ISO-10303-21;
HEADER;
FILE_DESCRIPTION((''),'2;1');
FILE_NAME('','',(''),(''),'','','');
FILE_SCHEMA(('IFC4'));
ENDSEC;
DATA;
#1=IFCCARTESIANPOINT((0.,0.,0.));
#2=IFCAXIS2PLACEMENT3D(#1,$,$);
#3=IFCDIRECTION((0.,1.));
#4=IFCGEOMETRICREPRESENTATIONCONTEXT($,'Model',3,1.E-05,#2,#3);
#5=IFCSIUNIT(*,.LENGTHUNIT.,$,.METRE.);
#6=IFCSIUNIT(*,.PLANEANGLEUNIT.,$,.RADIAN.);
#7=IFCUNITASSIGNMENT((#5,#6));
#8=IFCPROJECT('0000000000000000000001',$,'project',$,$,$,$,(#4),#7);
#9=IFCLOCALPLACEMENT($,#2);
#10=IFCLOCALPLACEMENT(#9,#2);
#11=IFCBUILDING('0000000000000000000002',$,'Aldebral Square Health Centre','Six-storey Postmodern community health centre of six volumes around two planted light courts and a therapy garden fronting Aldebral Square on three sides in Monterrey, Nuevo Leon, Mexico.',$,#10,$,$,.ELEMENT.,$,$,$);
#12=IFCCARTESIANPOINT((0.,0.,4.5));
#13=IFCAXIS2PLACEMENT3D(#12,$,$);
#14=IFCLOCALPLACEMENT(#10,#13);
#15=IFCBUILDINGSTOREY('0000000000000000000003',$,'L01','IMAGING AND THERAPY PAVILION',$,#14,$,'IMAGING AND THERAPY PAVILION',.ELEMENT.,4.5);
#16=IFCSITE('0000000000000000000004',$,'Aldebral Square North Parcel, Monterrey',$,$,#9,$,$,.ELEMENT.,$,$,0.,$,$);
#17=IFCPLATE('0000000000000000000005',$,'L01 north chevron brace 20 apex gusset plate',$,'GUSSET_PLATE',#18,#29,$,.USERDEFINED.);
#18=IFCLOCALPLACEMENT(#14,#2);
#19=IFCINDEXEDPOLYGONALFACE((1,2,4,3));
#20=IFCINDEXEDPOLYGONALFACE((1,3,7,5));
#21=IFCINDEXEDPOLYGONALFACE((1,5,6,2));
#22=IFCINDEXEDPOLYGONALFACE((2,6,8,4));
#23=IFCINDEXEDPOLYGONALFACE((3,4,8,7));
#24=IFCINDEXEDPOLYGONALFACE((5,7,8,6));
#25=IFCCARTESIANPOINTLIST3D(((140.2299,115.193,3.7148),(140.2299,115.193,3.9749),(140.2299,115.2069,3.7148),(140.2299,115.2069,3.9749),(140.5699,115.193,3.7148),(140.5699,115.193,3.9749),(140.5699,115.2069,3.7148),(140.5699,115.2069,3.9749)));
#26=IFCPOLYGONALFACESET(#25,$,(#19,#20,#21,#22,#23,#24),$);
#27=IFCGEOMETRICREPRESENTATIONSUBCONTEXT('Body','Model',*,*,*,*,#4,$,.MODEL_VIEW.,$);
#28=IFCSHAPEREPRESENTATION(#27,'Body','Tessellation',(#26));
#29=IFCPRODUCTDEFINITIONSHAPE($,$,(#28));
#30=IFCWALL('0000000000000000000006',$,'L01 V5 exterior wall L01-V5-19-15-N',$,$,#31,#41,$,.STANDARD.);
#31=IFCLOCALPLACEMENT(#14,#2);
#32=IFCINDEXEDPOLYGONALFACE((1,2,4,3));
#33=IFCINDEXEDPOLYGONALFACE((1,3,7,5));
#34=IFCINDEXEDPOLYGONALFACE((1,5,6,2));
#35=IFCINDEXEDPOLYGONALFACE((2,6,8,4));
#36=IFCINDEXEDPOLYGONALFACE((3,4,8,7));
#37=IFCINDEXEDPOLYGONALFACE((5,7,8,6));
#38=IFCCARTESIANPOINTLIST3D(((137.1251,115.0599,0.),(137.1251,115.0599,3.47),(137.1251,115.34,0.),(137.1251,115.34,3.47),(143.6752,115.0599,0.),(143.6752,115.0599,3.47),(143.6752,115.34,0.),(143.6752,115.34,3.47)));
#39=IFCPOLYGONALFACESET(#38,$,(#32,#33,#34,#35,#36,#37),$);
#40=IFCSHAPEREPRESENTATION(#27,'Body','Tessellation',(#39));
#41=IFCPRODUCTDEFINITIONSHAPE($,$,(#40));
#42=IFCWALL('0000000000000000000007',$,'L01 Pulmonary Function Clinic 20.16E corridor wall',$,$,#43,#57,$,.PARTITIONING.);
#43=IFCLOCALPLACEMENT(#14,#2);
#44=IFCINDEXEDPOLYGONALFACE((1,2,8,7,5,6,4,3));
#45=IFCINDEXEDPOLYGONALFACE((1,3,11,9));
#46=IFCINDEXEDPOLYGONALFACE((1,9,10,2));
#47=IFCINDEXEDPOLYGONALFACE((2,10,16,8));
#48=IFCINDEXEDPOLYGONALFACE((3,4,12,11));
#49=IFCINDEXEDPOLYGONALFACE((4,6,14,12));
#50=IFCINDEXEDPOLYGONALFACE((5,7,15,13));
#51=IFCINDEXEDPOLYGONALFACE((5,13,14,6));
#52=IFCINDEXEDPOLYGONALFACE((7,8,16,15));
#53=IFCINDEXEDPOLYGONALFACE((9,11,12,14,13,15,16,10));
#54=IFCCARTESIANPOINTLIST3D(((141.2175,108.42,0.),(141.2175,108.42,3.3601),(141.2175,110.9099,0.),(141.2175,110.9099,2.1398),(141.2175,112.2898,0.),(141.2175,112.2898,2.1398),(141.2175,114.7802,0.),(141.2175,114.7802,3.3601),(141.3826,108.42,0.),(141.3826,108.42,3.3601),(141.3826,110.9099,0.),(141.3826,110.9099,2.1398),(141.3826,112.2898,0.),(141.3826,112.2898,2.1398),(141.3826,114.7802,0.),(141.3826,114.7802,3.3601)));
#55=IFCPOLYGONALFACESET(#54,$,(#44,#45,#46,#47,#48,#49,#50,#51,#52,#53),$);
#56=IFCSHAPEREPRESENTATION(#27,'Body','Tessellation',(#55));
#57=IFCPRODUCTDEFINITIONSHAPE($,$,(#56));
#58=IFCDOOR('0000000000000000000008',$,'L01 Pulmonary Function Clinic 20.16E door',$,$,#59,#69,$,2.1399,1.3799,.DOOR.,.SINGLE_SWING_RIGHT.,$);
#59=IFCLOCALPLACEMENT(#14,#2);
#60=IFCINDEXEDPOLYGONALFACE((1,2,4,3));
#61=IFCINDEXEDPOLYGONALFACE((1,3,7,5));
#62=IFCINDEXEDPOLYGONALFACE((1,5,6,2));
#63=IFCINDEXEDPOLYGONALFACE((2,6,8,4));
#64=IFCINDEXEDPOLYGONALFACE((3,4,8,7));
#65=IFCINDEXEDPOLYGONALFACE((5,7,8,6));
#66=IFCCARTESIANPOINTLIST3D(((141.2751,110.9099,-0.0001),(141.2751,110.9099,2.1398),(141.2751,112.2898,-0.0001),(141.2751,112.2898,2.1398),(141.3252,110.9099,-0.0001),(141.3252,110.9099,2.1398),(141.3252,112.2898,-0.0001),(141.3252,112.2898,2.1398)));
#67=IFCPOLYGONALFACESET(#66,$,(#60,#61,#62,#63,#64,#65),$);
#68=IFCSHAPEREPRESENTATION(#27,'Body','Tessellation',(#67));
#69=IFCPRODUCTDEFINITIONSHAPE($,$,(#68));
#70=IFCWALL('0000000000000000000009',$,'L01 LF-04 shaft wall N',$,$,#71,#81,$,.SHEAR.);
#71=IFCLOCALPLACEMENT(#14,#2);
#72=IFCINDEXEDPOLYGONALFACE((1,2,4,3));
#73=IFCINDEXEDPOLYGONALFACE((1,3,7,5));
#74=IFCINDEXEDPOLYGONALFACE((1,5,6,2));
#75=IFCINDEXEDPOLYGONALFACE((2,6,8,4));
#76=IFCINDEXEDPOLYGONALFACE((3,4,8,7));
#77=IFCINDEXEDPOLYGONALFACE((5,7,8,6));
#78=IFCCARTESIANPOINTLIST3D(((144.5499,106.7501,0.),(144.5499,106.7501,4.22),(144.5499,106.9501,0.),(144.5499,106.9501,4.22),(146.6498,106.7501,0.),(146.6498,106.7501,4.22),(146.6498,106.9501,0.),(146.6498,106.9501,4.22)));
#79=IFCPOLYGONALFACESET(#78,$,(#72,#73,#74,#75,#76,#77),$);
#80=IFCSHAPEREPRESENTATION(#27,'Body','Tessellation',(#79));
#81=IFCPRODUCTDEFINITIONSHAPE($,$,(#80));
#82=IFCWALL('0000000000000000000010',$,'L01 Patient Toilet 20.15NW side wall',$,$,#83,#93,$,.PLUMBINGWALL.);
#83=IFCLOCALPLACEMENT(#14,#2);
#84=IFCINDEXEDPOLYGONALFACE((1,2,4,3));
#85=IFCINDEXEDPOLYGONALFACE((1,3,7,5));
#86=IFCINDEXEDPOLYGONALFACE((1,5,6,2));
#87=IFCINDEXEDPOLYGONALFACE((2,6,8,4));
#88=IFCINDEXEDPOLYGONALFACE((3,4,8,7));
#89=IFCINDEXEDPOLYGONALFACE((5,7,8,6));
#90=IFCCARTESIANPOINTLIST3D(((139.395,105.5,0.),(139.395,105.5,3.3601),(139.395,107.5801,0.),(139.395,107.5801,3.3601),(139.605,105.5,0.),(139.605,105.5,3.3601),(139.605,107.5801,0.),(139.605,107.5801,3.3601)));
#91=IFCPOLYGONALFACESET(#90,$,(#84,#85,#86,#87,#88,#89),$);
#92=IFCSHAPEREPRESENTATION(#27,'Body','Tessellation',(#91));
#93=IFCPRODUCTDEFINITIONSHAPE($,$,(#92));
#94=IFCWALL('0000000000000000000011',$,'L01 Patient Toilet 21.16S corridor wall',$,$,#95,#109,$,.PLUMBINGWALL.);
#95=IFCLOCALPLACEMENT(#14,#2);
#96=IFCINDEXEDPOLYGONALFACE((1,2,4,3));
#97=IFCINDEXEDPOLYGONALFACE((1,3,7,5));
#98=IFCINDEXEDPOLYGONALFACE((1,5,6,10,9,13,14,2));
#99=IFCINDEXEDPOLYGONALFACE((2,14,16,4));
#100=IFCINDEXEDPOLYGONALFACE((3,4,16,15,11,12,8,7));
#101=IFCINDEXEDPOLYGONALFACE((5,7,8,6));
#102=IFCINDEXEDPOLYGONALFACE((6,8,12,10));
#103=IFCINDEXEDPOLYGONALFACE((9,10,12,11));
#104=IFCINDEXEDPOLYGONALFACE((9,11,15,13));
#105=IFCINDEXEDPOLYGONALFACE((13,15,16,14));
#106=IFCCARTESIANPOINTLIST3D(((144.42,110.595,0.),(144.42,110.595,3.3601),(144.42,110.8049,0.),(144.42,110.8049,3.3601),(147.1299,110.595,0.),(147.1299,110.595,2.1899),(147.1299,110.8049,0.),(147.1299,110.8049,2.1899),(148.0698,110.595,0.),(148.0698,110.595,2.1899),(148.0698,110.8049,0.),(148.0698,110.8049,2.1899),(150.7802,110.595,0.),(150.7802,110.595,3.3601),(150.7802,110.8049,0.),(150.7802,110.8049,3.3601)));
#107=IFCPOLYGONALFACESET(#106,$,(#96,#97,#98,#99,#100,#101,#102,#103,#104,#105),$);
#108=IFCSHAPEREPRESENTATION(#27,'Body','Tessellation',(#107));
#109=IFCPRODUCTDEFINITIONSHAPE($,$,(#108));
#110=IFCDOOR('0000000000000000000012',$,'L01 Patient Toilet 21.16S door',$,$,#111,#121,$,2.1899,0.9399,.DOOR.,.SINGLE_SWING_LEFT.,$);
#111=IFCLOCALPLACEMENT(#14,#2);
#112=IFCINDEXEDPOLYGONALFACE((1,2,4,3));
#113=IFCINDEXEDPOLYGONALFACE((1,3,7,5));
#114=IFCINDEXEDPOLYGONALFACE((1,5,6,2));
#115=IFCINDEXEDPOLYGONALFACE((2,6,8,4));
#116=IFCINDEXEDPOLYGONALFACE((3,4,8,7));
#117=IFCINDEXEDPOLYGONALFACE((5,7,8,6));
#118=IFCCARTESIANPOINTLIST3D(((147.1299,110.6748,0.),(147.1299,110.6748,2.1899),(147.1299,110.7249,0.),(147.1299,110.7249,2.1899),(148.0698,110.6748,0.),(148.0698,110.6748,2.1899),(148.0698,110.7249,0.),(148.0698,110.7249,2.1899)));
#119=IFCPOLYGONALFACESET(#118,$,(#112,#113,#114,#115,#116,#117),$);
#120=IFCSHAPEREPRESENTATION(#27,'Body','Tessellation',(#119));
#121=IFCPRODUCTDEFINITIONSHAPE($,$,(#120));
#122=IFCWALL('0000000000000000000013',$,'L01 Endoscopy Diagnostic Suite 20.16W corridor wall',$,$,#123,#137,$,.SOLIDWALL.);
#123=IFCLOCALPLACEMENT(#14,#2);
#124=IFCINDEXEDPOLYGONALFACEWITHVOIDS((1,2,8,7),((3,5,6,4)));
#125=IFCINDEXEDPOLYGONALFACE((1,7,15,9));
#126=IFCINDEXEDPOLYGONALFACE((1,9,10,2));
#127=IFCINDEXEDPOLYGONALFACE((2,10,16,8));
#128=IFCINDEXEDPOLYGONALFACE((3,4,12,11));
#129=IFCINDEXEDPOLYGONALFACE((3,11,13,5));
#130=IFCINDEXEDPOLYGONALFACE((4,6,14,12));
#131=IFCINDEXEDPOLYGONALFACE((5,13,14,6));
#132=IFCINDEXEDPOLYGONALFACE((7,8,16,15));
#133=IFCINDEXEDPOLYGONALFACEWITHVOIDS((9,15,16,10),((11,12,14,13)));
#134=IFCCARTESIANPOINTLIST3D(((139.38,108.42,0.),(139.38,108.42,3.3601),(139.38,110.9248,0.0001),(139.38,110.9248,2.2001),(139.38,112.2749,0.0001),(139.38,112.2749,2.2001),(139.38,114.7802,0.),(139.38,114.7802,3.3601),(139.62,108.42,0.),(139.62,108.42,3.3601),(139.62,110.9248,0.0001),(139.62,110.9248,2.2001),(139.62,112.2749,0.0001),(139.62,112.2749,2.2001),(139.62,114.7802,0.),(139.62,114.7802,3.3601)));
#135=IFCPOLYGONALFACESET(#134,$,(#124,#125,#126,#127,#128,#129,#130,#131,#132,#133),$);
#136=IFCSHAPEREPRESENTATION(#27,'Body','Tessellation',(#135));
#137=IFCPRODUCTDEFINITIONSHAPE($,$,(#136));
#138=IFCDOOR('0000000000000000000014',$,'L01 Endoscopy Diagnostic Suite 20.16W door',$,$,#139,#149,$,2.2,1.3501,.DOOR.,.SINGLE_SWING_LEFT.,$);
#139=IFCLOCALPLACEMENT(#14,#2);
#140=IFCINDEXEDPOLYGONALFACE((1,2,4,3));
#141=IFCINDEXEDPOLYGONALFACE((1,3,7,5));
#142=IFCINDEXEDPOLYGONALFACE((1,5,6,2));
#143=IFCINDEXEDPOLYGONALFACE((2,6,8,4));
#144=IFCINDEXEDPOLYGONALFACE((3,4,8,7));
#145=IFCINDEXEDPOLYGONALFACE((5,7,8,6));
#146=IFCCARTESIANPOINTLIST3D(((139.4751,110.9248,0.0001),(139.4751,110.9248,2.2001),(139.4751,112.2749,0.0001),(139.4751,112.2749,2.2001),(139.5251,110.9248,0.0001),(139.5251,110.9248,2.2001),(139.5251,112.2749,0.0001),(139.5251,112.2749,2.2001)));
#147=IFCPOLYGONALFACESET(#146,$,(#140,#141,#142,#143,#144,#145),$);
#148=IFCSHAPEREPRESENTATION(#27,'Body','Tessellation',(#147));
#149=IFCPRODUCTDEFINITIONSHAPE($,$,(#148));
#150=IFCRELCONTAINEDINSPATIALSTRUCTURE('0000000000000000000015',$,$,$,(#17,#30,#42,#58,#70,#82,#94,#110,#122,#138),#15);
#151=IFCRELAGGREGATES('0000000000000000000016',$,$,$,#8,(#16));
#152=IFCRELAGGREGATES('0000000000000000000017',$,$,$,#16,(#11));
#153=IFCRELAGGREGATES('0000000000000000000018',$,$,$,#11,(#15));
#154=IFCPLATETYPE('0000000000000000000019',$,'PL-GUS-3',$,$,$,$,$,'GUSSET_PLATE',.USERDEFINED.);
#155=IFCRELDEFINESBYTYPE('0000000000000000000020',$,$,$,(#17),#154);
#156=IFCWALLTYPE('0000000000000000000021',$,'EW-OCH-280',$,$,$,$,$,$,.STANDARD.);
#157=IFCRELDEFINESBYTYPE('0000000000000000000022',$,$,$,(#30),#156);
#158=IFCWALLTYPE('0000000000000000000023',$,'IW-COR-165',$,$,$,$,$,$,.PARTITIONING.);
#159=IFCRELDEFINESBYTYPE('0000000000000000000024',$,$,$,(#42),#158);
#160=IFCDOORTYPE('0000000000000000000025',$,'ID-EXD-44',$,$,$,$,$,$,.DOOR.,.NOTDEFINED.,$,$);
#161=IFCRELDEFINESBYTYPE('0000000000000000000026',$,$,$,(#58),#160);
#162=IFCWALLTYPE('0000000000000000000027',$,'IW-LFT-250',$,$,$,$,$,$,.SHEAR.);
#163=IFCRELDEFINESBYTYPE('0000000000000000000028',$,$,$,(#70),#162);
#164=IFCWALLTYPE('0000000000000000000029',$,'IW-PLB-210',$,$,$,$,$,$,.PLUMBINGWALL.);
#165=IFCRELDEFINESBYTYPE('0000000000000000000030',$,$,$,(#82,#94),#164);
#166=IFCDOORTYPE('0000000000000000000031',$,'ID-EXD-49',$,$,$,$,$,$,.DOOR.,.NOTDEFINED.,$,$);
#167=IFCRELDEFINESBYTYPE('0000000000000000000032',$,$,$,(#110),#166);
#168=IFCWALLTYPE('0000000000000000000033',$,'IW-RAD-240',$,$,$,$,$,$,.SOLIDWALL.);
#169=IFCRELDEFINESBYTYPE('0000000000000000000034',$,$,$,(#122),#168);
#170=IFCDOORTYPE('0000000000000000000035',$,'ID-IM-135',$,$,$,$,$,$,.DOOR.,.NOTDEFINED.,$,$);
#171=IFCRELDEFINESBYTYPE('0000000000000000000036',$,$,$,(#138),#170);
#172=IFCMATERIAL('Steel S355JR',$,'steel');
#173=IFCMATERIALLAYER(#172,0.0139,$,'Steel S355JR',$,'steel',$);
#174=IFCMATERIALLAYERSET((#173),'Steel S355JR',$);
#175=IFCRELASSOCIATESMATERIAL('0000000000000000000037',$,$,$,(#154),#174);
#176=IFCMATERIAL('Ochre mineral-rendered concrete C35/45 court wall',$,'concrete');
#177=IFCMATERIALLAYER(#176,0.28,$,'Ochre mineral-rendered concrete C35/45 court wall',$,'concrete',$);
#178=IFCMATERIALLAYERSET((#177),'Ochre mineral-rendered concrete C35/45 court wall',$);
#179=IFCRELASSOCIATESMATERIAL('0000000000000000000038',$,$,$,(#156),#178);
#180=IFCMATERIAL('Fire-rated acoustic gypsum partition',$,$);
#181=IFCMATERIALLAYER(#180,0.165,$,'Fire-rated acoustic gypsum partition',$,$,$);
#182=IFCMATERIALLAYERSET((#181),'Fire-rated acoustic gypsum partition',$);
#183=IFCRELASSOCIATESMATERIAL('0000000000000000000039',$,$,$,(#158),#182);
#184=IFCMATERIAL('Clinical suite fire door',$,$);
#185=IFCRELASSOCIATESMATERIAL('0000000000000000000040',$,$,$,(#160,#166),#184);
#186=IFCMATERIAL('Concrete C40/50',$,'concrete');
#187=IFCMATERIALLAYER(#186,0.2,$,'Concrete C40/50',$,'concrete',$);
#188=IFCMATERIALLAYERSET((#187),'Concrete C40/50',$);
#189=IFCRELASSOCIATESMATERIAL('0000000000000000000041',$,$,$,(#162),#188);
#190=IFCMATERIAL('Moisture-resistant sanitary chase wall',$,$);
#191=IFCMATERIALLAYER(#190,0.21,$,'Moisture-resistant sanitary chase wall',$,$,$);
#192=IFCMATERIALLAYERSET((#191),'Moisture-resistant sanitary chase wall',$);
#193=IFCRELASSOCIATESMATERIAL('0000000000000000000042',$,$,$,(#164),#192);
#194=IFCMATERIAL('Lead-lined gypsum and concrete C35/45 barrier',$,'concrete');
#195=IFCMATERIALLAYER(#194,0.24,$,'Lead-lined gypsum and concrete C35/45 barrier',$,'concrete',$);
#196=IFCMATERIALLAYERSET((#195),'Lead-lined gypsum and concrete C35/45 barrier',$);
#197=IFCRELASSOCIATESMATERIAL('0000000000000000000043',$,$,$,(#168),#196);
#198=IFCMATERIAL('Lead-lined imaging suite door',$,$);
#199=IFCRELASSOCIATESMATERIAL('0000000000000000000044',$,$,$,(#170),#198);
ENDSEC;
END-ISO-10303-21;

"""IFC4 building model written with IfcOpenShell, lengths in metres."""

from ifc_helpers import new_model, si_unit, direction, frame, frame_2d, origin, origin_2d, place, context, subcontext, project, spatial, rectangle, extrude, material, layer, layer_set, type_object, element, fill, save


model = new_model("IFC4")

# Units and contexts
model_context = context("Model", 3, precision=1e-05, world=origin(), true_north=direction((0.0, 1.0)))
body_context = subcontext(model_context, "Body", "Model", "MODEL_VIEW")
ifc_project = project(units=[si_unit("LENGTHUNIT", "METRE"), si_unit("PLANEANGLEUNIT", "RADIAN")], contexts=[model_context])

# Site, building, storey
site_placement = place(None, origin())
site = spatial("IfcSite", under=ifc_project, at=site_placement, Name="Aldebral Square North Parcel, Monterrey", CompositionType="ELEMENT", RefElevation=0.0)
building_placement = place(site_placement, origin())
building = spatial("IfcBuilding", under=site, at=building_placement, Name="Aldebral Square Health Centre", Description="Six-storey Postmodern community health centre of six volumes around two planted light courts and a therapy garden fronting Aldebral Square on three sides in Monterrey, Nuevo Leon, Mexico.", CompositionType="ELEMENT")
storey_placement = place(building_placement, frame((0.0, 0.0, 4.5)))
storey = spatial("IfcBuildingStorey", under=building, at=storey_placement, Name="L01", Description="IMAGING AND THERAPY PAVILION", LongName="IMAGING AND THERAPY PAVILION", CompositionType="ELEMENT", Elevation=4.5)

# Shared definitions
ifc_material_1 = material(Name="Concrete C40/50", Category="concrete")

# Shared definitions
ifc_material_2 = material(Name="Steel S355JR", Category="steel")

# Plate
ifc_layer_1 = layer(ifc_material_2, 0.0139, Name="Steel S355JR", Category="steel")
ifc_layer_set_1 = layer_set([ifc_layer_1], Name="Steel S355JR")
plate_type_1 = type_object("IfcPlateType", Name="PL-GUS-3", ElementType="GUSSET_PLATE", PredefinedType="USERDEFINED", material=ifc_layer_set_1)
plate_1_placement = place(storey_placement, frame((140.3999, 115.2, 3.7148), z_axis=(0.0, 0.0, 1.0), x_axis=(1.0, 0.0, 0.0)))
element("IfcPlate", 1, at=plate_1_placement, inside=storey, type_object=plate_type_1, Name="L01 north chevron brace 20 apex gusset plate", ObjectType="GUSSET_PLATE", PredefinedType="USERDEFINED", context=body_context, shape_type="SweptSolid", body=[
    extrude(rectangle(XDim=0.3401, YDim=0.0139, at=origin_2d()), origin(), (0.0, 0.0, 1.0), 0.26),
])

# Wall
ifc_material_3 = material(Name="Ochre mineral-rendered concrete C35/45 court wall", Category="concrete")
ifc_layer_2 = layer(ifc_material_3, 0.28, Name="Ochre mineral-rendered concrete C35/45 court wall", Category="concrete")
ifc_layer_set_2 = layer_set([ifc_layer_2], Name="Ochre mineral-rendered concrete C35/45 court wall")
wall_type_1 = type_object("IfcWallType", Name="EW-OCH-280", PredefinedType="STANDARD", material=ifc_layer_set_2)
wall_1_placement = place(storey_placement, frame((143.675, 115.2, 0.0), z_axis=(0.0, 0.0, 1.0), x_axis=(-1.0, 0.0, 0.0)))
element("IfcWall", 2, at=wall_1_placement, inside=storey, type_object=wall_type_1, Name="L01 V5 exterior wall L01-V5-19-15-N", PredefinedType="STANDARD", context=body_context, shape_type="SweptSolid", body=[
    extrude(rectangle(XDim=6.55, YDim=0.28, at=frame_2d((3.2749, 0.0))), origin(), (0.0, 0.0, 1.0), 3.47),
])

# Wall, opening, door
ifc_material_4 = material(Name="Fire-rated acoustic gypsum partition")
ifc_layer_3 = layer(ifc_material_4, 0.165, Name="Fire-rated acoustic gypsum partition")
ifc_layer_set_3 = layer_set([ifc_layer_3], Name="Fire-rated acoustic gypsum partition")
wall_type_2 = type_object("IfcWallType", Name="IW-COR-165", PredefinedType="PARTITIONING", material=ifc_layer_set_3)
wall_2_placement = place(storey_placement, frame((141.3, 108.4199, 0.0), z_axis=(0.0, 0.0, 1.0), x_axis=(0.0, 1.0, 0.0)))
wall_2 = element("IfcWall", 3, at=wall_2_placement, inside=storey, type_object=wall_type_2, Name="L01 Pulmonary Function Clinic 20.16E corridor wall", PredefinedType="PARTITIONING", context=body_context, shape_type="SweptSolid", body=[
    extrude(rectangle(XDim=6.3601, YDim=0.165, at=frame_2d((3.1802, 0.0))), origin(), (0.0, 0.0, 1.0), 3.3601),
])
opening_1_placement = place(wall_2_placement, frame((2.49, 0.0, 0.0)))
opening_1 = element("IfcOpeningElement", 4, at=opening_1_placement, cuts=wall_2, PredefinedType="OPENING", context=body_context, shape_type="SweptSolid", body=[
    extrude(rectangle(XDim=1.3799, YDim=2.1399, at=frame_2d((0.6899, 1.0698))), frame((0.0, 0.0925, 0.0), z_axis=(0.0, -1.0, 0.0), x_axis=(1.0, 0.0, 0.0)), (0.0, 0.0, 1.0), 0.1851),
])
ifc_material_5 = material(Name="Clinical suite fire door")
door_type_1 = type_object("IfcDoorType", Name="ID-EXD-44", OperationType="NOTDEFINED", PredefinedType="DOOR", material=ifc_material_5)
door_1_placement = place(opening_1_placement, origin())
door_1 = element("IfcDoor", 5, at=door_1_placement, inside=storey, type_object=door_type_1, Name="L01 Pulmonary Function Clinic 20.16E door", OperationType="SINGLE_SWING_RIGHT", OverallHeight=2.1399, OverallWidth=1.3799, PredefinedType="DOOR", context=body_context, shape_type="SweptSolid", body=[
    extrude(rectangle(XDim=1.3799, YDim=2.1399, at=frame_2d((0.6899, 1.0698))), frame((0.0, 0.0249, 0.0), z_axis=(0.0, -1.0, 0.0), x_axis=(1.0, 0.0, 0.0)), (0.0, 0.0, 1.0), 0.05),
])
fill(opening_1, door_1)

# Walls
ifc_layer_4 = layer(ifc_material_1, 0.2, Name="Concrete C40/50", Category="concrete")
ifc_layer_set_4 = layer_set([ifc_layer_4], Name="Concrete C40/50")
wall_type_3 = type_object("IfcWallType", Name="IW-LFT-250", PredefinedType="SHEAR", material=ifc_layer_set_4)
wall_3_placement = place(storey_placement, frame((144.55, 106.8501, 0.0), z_axis=(0.0, 0.0, 1.0), x_axis=(1.0, 0.0, 0.0)))
element("IfcWall", 6, at=wall_3_placement, inside=storey, type_object=wall_type_3, Name="L01 LF-04 shaft wall N", PredefinedType="SHEAR", context=body_context, shape_type="SweptSolid", body=[
    extrude(rectangle(XDim=2.0999, YDim=0.2, at=frame_2d((1.0498, 0.0))), origin(), (0.0, 0.0, 1.0), 4.22),
])
ifc_material_6 = material(Name="Moisture-resistant sanitary chase wall")
ifc_layer_5 = layer(ifc_material_6, 0.21, Name="Moisture-resistant sanitary chase wall")
ifc_layer_set_5 = layer_set([ifc_layer_5], Name="Moisture-resistant sanitary chase wall")
wall_type_4 = type_object("IfcWallType", Name="IW-PLB-210", PredefinedType="PLUMBINGWALL", material=ifc_layer_set_5)
wall_4_placement = place(storey_placement, frame((139.5, 105.5, 0.0), z_axis=(0.0, 0.0, 1.0), x_axis=(0.0, 1.0, 0.0)))
element("IfcWall", 7, at=wall_4_placement, inside=storey, type_object=wall_type_4, Name="L01 Patient Toilet 20.15NW side wall", PredefinedType="PLUMBINGWALL", context=body_context, shape_type="SweptSolid", body=[
    extrude(rectangle(XDim=2.0801, YDim=0.21, at=frame_2d((1.04, 0.0))), origin(), (0.0, 0.0, 1.0), 3.3601),
])

# Walls, openings, doors
wall_5_placement = place(storey_placement, frame((144.4199, 110.7, 0.0), z_axis=(0.0, 0.0, 1.0), x_axis=(1.0, 0.0, 0.0)))
wall_5 = element("IfcWall", 8, at=wall_5_placement, inside=storey, type_object=wall_type_4, Name="L01 Patient Toilet 21.16S corridor wall", PredefinedType="PLUMBINGWALL", context=body_context, shape_type="SweptSolid", body=[
    extrude(rectangle(XDim=6.3601, YDim=0.21, at=frame_2d((3.1802, 0.0))), origin(), (0.0, 0.0, 1.0), 3.3601),
])
opening_2_placement = place(wall_5_placement, frame((2.71, 0.0, 0.0)))
opening_2 = element("IfcOpeningElement", 9, at=opening_2_placement, cuts=wall_5, PredefinedType="OPENING", context=body_context, shape_type="SweptSolid", body=[
    extrude(rectangle(XDim=0.9399, YDim=2.1899, at=frame_2d((0.47, 1.095))), frame((0.0, 0.115, 0.0), z_axis=(0.0, -1.0, 0.0), x_axis=(1.0, 0.0, 0.0)), (0.0, 0.0, 1.0), 0.23),
])
door_type_2 = type_object("IfcDoorType", Name="ID-EXD-49", OperationType="NOTDEFINED", PredefinedType="DOOR", material=ifc_material_5)
door_2_placement = place(opening_2_placement, origin())
door_2 = element("IfcDoor", 10, at=door_2_placement, inside=storey, type_object=door_type_2, Name="L01 Patient Toilet 21.16S door", OperationType="SINGLE_SWING_LEFT", OverallHeight=2.1899, OverallWidth=0.9399, PredefinedType="DOOR", context=body_context, shape_type="SweptSolid", body=[
    extrude(rectangle(XDim=0.9399, YDim=2.1899, at=frame_2d((0.47, 1.095))), frame((0.0, 0.0249, 0.0), z_axis=(0.0, -1.0, 0.0), x_axis=(1.0, 0.0, 0.0)), (0.0, 0.0, 1.0), 0.05),
])
fill(opening_2, door_2)
ifc_material_7 = material(Name="Lead-lined gypsum and concrete C35/45 barrier", Category="concrete")
ifc_layer_6 = layer(ifc_material_7, 0.24, Name="Lead-lined gypsum and concrete C35/45 barrier", Category="concrete")
ifc_layer_set_6 = layer_set([ifc_layer_6], Name="Lead-lined gypsum and concrete C35/45 barrier")
wall_type_5 = type_object("IfcWallType", Name="IW-RAD-240", PredefinedType="SOLIDWALL", material=ifc_layer_set_6)
wall_6_placement = place(storey_placement, frame((139.5, 108.4199, 0.0), z_axis=(0.0, 0.0, 1.0), x_axis=(0.0, 1.0, 0.0)))
wall_6 = element("IfcWall", 11, at=wall_6_placement, inside=storey, type_object=wall_type_5, Name="L01 Endoscopy Diagnostic Suite 20.16W corridor wall", PredefinedType="SOLIDWALL", context=body_context, shape_type="SweptSolid", body=[
    extrude(rectangle(XDim=6.3601, YDim=0.24, at=frame_2d((3.1802, 0.0))), origin(), (0.0, 0.0, 1.0), 3.3601),
])
opening_3_placement = place(wall_6_placement, frame((2.5049, 0.0, 0.0)))
opening_3 = element("IfcOpeningElement", 12, at=opening_3_placement, cuts=wall_6, PredefinedType="OPENING", context=body_context, shape_type="SweptSolid", body=[
    extrude(rectangle(XDim=1.3501, YDim=2.2, at=frame_2d((0.675, 1.1001))), frame((0.0, 0.1299, 0.0), z_axis=(0.0, -1.0, 0.0), x_axis=(1.0, 0.0, 0.0)), (0.0, 0.0, 1.0), 0.26),
])
ifc_material_8 = material(Name="Lead-lined imaging suite door")
door_type_3 = type_object("IfcDoorType", Name="ID-IM-135", OperationType="NOTDEFINED", PredefinedType="DOOR", material=ifc_material_8)
door_3_placement = place(opening_3_placement, origin())
door_3 = element("IfcDoor", 13, at=door_3_placement, inside=storey, type_object=door_type_3, Name="L01 Endoscopy Diagnostic Suite 20.16W door", OperationType="SINGLE_SWING_LEFT", OverallHeight=2.2, OverallWidth=1.3501, PredefinedType="DOOR", context=body_context, shape_type="SweptSolid", body=[
    extrude(rectangle(XDim=1.3501, YDim=2.2, at=frame_2d((0.675, 1.1001))), frame((0.0, 0.0249, 0.0), z_axis=(0.0, -1.0, 0.0), x_axis=(1.0, 0.0, 0.0)), (0.0, 0.0, 1.0), 0.05),
])
fill(opening_3, door_3)

save(model, "model.ifc")
